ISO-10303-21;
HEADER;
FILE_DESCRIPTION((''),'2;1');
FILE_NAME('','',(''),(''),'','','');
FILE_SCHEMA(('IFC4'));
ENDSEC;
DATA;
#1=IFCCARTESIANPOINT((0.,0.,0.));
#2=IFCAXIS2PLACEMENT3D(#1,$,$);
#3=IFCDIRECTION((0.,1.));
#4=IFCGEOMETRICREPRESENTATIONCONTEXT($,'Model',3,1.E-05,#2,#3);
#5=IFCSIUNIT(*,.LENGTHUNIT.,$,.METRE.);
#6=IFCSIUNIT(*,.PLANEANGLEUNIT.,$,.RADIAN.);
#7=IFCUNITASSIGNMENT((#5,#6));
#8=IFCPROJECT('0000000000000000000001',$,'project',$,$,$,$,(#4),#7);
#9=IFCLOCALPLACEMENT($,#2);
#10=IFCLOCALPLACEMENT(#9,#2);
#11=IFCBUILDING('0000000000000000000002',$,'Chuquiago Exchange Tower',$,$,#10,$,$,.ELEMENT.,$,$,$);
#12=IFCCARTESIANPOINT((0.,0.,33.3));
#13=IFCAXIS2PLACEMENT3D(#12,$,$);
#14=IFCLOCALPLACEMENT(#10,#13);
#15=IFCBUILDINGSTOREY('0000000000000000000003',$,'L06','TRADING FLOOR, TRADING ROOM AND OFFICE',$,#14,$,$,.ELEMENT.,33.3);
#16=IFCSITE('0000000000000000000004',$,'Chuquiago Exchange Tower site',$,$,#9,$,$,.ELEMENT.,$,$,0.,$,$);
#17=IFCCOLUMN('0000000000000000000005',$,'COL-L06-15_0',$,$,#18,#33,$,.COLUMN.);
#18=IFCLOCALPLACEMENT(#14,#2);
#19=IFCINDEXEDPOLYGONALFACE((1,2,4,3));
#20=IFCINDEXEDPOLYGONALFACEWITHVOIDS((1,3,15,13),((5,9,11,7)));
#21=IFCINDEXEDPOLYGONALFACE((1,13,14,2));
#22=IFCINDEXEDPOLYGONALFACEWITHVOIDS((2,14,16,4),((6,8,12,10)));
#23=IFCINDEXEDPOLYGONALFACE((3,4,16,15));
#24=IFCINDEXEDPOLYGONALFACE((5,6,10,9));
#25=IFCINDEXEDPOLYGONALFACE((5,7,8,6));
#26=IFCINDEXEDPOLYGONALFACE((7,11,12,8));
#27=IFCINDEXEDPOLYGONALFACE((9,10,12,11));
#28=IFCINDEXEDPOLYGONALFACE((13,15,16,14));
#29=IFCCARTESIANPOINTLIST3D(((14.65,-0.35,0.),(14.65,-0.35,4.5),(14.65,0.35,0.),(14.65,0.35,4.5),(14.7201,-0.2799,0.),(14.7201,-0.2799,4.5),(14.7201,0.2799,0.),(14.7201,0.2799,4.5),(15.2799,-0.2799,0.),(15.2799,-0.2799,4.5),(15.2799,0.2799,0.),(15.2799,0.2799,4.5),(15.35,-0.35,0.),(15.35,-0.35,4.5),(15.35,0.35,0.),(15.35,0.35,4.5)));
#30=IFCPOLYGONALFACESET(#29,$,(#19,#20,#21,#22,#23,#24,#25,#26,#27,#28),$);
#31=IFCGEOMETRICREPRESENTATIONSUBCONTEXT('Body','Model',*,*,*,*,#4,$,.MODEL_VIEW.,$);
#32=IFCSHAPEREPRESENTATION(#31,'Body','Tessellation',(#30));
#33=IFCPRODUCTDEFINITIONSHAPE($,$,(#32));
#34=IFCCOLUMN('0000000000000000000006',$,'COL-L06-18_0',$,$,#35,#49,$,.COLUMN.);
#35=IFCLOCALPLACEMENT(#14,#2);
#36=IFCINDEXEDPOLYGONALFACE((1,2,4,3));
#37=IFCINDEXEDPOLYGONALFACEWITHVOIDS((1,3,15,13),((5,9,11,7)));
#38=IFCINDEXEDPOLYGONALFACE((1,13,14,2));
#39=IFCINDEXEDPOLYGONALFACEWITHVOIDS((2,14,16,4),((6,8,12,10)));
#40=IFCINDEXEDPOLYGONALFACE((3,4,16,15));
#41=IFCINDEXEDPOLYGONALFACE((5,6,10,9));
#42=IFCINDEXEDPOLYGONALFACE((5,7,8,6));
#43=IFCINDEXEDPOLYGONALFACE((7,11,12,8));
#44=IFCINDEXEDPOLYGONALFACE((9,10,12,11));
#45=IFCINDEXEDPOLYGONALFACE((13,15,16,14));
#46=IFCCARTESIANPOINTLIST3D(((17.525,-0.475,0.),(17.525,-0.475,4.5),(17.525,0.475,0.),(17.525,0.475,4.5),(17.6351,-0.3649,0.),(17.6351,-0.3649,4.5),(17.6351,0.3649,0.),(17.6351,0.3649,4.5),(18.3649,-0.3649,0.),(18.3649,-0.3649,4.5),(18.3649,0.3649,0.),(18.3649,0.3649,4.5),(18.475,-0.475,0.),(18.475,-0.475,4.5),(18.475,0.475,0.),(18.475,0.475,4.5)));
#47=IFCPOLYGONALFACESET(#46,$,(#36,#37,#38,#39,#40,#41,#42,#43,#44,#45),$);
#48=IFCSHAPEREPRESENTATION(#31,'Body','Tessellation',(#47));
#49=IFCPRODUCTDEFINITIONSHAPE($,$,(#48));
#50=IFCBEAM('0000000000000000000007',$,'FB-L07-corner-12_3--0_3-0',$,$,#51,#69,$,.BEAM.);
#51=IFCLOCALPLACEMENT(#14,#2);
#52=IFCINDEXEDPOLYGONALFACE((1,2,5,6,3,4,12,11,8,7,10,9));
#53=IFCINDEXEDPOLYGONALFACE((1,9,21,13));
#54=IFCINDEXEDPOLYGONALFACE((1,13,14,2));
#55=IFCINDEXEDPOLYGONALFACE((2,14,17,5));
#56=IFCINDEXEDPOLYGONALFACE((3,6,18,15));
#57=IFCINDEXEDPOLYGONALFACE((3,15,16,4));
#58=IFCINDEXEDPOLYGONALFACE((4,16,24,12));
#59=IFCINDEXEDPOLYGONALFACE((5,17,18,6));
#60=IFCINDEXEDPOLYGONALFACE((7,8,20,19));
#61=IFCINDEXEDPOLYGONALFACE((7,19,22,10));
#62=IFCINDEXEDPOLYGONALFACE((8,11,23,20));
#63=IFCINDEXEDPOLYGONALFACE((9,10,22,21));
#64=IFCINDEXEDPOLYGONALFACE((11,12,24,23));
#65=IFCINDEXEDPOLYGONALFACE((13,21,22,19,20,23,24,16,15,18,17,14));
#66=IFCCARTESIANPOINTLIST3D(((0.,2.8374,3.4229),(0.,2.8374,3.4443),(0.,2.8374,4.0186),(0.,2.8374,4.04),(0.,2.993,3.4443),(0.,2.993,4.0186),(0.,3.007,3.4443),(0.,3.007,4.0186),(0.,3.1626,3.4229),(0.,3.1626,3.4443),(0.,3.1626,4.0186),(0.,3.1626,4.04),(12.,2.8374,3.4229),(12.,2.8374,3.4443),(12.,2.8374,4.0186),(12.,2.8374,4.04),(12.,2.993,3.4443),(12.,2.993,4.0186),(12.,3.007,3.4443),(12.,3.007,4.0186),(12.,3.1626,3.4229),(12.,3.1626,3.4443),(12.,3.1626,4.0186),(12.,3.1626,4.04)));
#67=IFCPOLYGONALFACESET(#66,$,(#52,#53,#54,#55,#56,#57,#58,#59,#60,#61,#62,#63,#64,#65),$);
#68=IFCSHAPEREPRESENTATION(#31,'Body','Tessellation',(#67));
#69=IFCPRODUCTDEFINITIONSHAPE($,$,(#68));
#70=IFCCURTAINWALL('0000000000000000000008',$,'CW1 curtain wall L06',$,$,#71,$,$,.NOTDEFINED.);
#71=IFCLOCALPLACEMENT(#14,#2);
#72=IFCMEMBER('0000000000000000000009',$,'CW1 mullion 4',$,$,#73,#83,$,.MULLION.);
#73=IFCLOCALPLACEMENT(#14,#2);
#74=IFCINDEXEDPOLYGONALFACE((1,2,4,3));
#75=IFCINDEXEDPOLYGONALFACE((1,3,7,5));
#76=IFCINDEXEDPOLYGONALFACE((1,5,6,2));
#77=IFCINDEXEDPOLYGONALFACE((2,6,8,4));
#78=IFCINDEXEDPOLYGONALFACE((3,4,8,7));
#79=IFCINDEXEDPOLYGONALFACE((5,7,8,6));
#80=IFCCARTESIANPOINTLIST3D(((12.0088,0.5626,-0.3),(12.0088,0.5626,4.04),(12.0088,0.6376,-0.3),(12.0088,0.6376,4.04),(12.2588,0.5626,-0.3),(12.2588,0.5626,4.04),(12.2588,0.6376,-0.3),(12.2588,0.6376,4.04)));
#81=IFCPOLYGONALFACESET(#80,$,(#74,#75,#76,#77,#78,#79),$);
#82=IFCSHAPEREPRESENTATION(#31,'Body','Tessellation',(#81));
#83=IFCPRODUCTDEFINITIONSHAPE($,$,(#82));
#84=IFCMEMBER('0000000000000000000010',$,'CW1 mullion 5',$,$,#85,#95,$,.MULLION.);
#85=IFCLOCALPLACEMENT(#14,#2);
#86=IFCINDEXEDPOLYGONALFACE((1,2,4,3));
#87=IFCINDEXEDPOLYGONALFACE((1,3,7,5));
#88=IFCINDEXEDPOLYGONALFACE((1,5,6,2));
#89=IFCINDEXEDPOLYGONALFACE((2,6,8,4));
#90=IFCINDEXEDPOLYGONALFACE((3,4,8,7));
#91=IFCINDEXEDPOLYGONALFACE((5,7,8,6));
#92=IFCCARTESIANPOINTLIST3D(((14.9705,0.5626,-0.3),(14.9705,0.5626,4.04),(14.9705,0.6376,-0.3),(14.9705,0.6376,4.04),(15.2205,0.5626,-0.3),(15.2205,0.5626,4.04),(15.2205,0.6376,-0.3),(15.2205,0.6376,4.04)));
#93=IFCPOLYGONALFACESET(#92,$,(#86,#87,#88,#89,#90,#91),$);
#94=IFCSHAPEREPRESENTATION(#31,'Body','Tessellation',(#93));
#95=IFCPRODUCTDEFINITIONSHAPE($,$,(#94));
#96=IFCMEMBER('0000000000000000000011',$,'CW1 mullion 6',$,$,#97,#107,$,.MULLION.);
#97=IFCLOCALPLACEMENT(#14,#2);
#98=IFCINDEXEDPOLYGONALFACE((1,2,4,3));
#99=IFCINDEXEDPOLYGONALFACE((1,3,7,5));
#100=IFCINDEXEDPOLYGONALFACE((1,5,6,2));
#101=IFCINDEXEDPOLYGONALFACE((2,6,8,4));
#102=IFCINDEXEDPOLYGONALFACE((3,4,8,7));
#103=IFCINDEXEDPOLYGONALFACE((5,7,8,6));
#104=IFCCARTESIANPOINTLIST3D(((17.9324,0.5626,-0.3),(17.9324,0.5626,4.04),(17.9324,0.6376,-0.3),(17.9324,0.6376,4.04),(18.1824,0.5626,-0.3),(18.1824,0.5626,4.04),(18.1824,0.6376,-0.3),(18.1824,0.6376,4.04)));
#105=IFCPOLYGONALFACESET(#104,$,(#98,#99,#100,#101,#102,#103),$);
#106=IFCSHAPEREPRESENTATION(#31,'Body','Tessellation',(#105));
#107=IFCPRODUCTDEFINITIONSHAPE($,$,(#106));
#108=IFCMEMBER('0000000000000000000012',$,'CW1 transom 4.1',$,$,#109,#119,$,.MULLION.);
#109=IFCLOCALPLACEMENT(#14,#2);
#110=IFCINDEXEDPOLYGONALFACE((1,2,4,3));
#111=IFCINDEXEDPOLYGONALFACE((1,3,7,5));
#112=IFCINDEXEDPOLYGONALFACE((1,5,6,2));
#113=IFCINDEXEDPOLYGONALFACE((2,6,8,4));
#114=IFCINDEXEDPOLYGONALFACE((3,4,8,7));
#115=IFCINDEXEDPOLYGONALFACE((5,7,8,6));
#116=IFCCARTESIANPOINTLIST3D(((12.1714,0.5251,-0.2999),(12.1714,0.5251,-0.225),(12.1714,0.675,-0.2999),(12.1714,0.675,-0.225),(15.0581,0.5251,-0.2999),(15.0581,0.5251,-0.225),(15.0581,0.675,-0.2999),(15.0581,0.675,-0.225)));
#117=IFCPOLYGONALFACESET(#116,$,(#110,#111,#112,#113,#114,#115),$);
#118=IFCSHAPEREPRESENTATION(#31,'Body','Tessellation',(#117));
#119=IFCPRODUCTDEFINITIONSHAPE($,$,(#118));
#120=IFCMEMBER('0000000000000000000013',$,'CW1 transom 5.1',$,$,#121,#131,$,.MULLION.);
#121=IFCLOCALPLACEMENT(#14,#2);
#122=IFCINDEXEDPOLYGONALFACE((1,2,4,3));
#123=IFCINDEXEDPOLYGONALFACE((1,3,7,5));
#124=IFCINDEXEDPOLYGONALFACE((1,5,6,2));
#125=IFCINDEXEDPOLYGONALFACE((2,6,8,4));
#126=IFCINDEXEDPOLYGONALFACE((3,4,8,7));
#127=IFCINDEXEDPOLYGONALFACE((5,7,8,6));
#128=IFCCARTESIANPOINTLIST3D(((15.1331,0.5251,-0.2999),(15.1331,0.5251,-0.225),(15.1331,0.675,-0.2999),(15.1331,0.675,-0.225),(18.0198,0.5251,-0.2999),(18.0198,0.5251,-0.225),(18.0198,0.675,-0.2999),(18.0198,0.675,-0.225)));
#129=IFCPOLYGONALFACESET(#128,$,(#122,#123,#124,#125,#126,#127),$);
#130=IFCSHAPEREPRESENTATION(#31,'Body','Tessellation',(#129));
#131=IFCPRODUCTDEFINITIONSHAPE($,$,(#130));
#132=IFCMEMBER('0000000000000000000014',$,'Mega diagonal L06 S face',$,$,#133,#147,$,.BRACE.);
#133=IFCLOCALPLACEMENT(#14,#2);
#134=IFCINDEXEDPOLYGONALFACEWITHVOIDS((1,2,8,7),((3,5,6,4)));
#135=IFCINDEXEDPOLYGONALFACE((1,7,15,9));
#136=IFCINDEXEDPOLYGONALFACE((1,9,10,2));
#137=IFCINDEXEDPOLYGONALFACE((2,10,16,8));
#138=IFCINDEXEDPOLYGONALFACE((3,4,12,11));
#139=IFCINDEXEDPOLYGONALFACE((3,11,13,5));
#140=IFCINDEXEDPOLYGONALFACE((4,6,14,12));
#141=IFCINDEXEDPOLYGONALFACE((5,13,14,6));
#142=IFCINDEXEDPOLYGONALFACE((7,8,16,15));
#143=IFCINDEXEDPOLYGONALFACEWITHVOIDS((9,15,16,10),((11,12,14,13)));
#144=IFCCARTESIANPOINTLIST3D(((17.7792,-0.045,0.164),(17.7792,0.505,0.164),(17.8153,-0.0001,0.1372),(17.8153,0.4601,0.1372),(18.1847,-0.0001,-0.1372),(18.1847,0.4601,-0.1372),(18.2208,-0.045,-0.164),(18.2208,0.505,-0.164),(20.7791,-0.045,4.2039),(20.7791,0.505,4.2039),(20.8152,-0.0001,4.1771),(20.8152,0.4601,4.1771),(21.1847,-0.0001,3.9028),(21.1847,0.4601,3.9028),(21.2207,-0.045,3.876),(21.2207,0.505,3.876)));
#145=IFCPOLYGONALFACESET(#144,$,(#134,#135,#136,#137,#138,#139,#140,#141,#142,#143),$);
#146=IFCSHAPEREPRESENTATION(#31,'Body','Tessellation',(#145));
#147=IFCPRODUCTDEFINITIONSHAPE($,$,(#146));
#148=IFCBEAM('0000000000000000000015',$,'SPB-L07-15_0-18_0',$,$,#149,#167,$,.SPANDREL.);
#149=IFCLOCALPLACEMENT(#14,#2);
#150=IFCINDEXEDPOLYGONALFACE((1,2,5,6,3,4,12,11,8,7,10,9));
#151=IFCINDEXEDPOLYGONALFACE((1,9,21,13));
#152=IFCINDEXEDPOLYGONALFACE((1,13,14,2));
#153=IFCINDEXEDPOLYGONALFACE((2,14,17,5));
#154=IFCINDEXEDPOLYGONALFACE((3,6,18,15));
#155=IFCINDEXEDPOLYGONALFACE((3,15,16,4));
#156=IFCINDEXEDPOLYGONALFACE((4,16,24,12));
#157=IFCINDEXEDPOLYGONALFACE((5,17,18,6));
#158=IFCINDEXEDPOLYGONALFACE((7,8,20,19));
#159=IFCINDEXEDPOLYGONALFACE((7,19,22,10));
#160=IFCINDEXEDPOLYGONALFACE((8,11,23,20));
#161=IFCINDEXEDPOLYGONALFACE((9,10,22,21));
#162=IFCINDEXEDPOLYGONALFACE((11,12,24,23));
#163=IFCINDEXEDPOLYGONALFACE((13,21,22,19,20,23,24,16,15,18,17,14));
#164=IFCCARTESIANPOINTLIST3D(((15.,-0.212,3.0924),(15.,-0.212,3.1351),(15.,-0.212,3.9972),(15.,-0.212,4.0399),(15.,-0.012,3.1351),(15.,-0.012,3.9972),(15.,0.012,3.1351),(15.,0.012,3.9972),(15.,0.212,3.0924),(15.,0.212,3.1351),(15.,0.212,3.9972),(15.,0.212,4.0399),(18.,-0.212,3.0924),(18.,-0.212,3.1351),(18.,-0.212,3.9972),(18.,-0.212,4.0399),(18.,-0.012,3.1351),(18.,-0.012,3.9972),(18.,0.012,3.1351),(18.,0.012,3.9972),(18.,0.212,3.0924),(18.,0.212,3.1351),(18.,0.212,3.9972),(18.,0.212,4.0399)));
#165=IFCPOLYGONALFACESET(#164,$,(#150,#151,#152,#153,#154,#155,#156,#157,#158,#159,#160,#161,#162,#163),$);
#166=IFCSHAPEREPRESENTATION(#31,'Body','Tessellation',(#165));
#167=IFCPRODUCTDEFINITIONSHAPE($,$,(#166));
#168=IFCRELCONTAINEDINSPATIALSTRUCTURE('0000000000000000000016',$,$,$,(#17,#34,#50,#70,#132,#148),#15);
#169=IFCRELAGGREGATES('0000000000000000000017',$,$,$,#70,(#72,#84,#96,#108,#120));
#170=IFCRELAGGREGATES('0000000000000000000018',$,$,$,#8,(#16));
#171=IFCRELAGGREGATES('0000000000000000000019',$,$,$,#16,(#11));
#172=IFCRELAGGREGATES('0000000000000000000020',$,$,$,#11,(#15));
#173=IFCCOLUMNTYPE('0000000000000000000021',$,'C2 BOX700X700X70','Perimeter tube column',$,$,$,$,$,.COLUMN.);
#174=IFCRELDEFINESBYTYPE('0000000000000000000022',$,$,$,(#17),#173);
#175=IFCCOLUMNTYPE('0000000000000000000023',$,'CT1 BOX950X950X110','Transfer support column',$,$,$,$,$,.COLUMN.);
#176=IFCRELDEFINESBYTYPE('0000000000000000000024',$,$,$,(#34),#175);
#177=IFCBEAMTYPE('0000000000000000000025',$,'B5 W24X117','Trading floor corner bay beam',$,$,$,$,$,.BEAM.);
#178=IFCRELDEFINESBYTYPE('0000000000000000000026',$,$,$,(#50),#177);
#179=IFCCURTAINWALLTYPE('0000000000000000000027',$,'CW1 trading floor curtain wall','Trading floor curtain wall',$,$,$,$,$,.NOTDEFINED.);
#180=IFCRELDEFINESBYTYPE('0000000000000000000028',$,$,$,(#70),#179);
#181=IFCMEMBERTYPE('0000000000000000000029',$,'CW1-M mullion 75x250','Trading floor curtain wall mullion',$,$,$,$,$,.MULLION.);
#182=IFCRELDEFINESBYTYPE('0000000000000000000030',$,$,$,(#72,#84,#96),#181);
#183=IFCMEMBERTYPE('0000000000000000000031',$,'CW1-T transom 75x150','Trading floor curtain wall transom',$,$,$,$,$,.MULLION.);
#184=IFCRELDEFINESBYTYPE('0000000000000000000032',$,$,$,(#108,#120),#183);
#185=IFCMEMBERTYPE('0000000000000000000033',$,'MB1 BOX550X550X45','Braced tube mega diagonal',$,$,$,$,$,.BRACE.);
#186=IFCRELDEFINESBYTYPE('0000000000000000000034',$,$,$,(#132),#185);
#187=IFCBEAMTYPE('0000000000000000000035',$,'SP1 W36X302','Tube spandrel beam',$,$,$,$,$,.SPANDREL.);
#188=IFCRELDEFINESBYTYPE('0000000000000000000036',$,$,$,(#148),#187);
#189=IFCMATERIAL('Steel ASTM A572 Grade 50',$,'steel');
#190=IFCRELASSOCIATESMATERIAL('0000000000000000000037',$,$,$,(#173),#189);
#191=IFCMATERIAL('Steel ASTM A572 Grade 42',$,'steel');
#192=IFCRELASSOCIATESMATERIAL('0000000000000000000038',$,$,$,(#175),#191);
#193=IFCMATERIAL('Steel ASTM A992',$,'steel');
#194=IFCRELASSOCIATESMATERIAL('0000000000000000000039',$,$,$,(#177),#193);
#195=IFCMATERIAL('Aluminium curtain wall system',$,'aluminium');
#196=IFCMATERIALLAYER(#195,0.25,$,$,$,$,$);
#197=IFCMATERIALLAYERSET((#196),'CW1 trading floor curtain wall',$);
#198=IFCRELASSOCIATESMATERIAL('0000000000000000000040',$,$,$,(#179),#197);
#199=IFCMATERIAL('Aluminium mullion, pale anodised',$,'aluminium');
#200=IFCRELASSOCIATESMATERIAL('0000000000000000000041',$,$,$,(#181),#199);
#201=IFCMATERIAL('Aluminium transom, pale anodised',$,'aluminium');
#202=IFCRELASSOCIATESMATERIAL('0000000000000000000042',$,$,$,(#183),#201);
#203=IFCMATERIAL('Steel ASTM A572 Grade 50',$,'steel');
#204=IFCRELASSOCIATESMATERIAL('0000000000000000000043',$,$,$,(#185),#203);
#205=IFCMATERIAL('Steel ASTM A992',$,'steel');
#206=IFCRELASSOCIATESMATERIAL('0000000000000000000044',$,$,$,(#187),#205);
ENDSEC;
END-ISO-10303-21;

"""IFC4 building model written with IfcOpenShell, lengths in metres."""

from ifc_helpers import new_model, si_unit, direction, frame, origin, origin_2d, place, context, subcontext, project, spatial, rectangle, hollow_rectangle, i_section, extrude, material, layer, layer_set, material_profile, profile_set, type_object, element, aggregate, save


model = new_model("IFC4")

# Units and contexts
model_context = context("Model", 3, precision=1e-05, world=origin(), true_north=direction((0.0, 1.0)))
body_context = subcontext(model_context, "Body", "Model", "MODEL_VIEW")
ifc_project = project(units=[si_unit("LENGTHUNIT", "METRE"), si_unit("PLANEANGLEUNIT", "RADIAN")], contexts=[model_context])

# Site, building, storey
site_placement = place(None, origin())
site = spatial("IfcSite", under=ifc_project, at=site_placement, Name="Chuquiago Exchange Tower site", CompositionType="ELEMENT", RefElevation=0.0)
building_placement = place(site_placement, origin())
building = spatial("IfcBuilding", under=site, at=building_placement, Name="Chuquiago Exchange Tower", CompositionType="ELEMENT")
storey_placement = place(building_placement, frame((0.0, 0.0, 33.3)))
storey = spatial("IfcBuildingStorey", under=building, at=storey_placement, Name="L06", Description="TRADING FLOOR, TRADING ROOM AND OFFICE", CompositionType="ELEMENT", Elevation=33.3)

# Columns
ifc_material_1 = material(Name="Steel ASTM A572 Grade 50", Category="steel")
ifc_material_profile_1 = material_profile(ifc_material_1, hollow_rectangle(XDim=0.7, YDim=0.7, WallThickness=0.0701, at=origin_2d()), Name="BOX700X700X70")
ifc_profile_set_1 = profile_set([ifc_material_profile_1], Name="Steel ASTM A572 Grade 50")
column_type_1 = type_object("IfcColumnType", Name="C2 BOX700X700X70", Description="Perimeter tube column", PredefinedType="COLUMN", material=ifc_profile_set_1)
column_1_placement = place(storey_placement, frame((15.0, 0.0, 0.0), z_axis=(0.0, 0.0, 1.0), x_axis=(0.0, -1.0, 0.0)))
element("IfcColumn", 1, at=column_1_placement, inside=storey, type_object=column_type_1, Name="COL-L06-15_0", PredefinedType="COLUMN", context=body_context, shape_type="SweptSolid", body=[
    extrude(hollow_rectangle(XDim=0.7, YDim=0.7, WallThickness=0.0701, at=origin_2d()), origin(), (0.0, 0.0, 1.0), 4.5),
])
ifc_material_2 = material(Name="Steel ASTM A572 Grade 42", Category="steel")
ifc_material_profile_2 = material_profile(ifc_material_2, hollow_rectangle(XDim=0.95, YDim=0.95, WallThickness=0.1101, at=origin_2d()), Name="BOX950X950X110")
ifc_profile_set_2 = profile_set([ifc_material_profile_2], Name="Steel ASTM A572 Grade 42")
column_type_2 = type_object("IfcColumnType", Name="CT1 BOX950X950X110", Description="Transfer support column", PredefinedType="COLUMN", material=ifc_profile_set_2)
column_2_placement = place(storey_placement, frame((18.0, 0.0, 0.0), z_axis=(0.0, 0.0, 1.0), x_axis=(0.0, -1.0, 0.0)))
element("IfcColumn", 2, at=column_2_placement, inside=storey, type_object=column_type_2, Name="COL-L06-18_0", PredefinedType="COLUMN", context=body_context, shape_type="SweptSolid", body=[
    extrude(hollow_rectangle(XDim=0.95, YDim=0.95, WallThickness=0.1101, at=origin_2d()), origin(), (0.0, 0.0, 1.0), 4.5),
])

# Beam
ifc_material_3 = material(Name="Steel ASTM A992", Category="steel")
ifc_material_profile_3 = material_profile(ifc_material_3, i_section(OverallWidth=0.3252, OverallDepth=0.6172, WebThickness=0.0139, FlangeThickness=0.0215, at=origin_2d()), Name="W24X117")
ifc_profile_set_3 = profile_set([ifc_material_profile_3], Name="Steel ASTM A992")
beam_type_1 = type_object("IfcBeamType", Name="B5 W24X117", Description="Trading floor corner bay beam", PredefinedType="BEAM", material=ifc_profile_set_3)
beam_placement = place(storey_placement, frame((12.0, 3.0, 3.7314), z_axis=(-1.0, 0.0, 0.0), x_axis=(0.0, -1.0, 0.0)))
element("IfcBeam", 3, at=beam_placement, inside=storey, type_object=beam_type_1, Name="FB-L07-corner-12_3--0_3-0", PredefinedType="BEAM", context=body_context, shape_type="SweptSolid", body=[
    extrude(i_section(OverallWidth=0.3252, OverallDepth=0.6172, WebThickness=0.0139, FlangeThickness=0.0215, at=origin_2d()), origin(), (0.0, 0.0, 1.0), 12.0),
])

# Curtain wall, members
ifc_material_4 = material(Name="Aluminium curtain wall system", Category="aluminium")
ifc_layer_1 = layer(ifc_material_4, 0.25)
ifc_layer_set_1 = layer_set([ifc_layer_1], Name="CW1 trading floor curtain wall")
curtain_wall_type = type_object("IfcCurtainWallType", Name="CW1 trading floor curtain wall", Description="Trading floor curtain wall", PredefinedType="NOTDEFINED", material=ifc_layer_set_1)
curtain_wall_placement = place(storey_placement, origin())
curtain_wall = element("IfcCurtainWall", 4, at=curtain_wall_placement, inside=storey, type_object=curtain_wall_type, Name="CW1 curtain wall L06", PredefinedType="NOTDEFINED")
ifc_material_5 = material(Name="Aluminium mullion, pale anodised", Category="aluminium")
ifc_material_profile_4 = material_profile(ifc_material_5, rectangle(XDim=0.075, YDim=0.25, at=origin_2d()), Name="AL 75x250")
ifc_profile_set_4 = profile_set([ifc_material_profile_4], Name="Aluminium mullion, pale anodised")
member_type_1 = type_object("IfcMemberType", Name="CW1-M mullion 75x250", Description="Trading floor curtain wall mullion", PredefinedType="MULLION", material=ifc_profile_set_4)
member_1_placement = place(storey_placement, frame((12.1338, 0.6001, -0.3), z_axis=(0.0, 0.0, 1.0), x_axis=(0.0, 1.0, 0.0)))
member_1 = element("IfcMember", 5, at=member_1_placement, type_object=member_type_1, Name="CW1 mullion 4", PredefinedType="MULLION", context=body_context, shape_type="SweptSolid", body=[
    extrude(rectangle(XDim=0.075, YDim=0.25, at=origin_2d()), origin(), (0.0, 0.0, 1.0), 4.3401),
])
member_2_placement = place(storey_placement, frame((15.0955, 0.6001, -0.3), z_axis=(0.0, 0.0, 1.0), x_axis=(0.0, 1.0, 0.0)))
member_2 = element("IfcMember", 6, at=member_2_placement, type_object=member_type_1, Name="CW1 mullion 5", PredefinedType="MULLION", context=body_context, shape_type="SweptSolid", body=[
    extrude(rectangle(XDim=0.075, YDim=0.25, at=origin_2d()), origin(), (0.0, 0.0, 1.0), 4.3401),
])
member_3_placement = place(storey_placement, frame((18.0574, 0.6001, -0.3), z_axis=(0.0, 0.0, 1.0), x_axis=(0.0, 1.0, 0.0)))
member_3 = element("IfcMember", 7, at=member_3_placement, type_object=member_type_1, Name="CW1 mullion 6", PredefinedType="MULLION", context=body_context, shape_type="SweptSolid", body=[
    extrude(rectangle(XDim=0.075, YDim=0.25, at=origin_2d()), origin(), (0.0, 0.0, 1.0), 4.3401),
])
ifc_material_6 = material(Name="Aluminium transom, pale anodised", Category="aluminium")
ifc_material_profile_5 = material_profile(ifc_material_6, rectangle(XDim=0.1499, YDim=0.075, at=origin_2d()), Name="AL 150x75")
ifc_profile_set_5 = profile_set([ifc_material_profile_5], Name="Aluminium transom, pale anodised")
member_type_2 = type_object("IfcMemberType", Name="CW1-T transom 75x150", Description="Trading floor curtain wall transom", PredefinedType="MULLION", material=ifc_profile_set_5)
member_4_placement = place(storey_placement, frame((12.1714, 0.6001, -0.2625), z_axis=(1.0, 0.0, 0.0), x_axis=(0.0, 1.0, 0.0)))
member_4 = element("IfcMember", 8, at=member_4_placement, type_object=member_type_2, Name="CW1 transom 4.1", PredefinedType="MULLION", context=body_context, shape_type="SweptSolid", body=[
    extrude(rectangle(XDim=0.1499, YDim=0.075, at=origin_2d()), origin(), (0.0, 0.0, 1.0), 2.8867),
])
member_5_placement = place(storey_placement, frame((15.1331, 0.6001, -0.2625), z_axis=(1.0, 0.0, 0.0), x_axis=(0.0, 1.0, 0.0)))
member_5 = element("IfcMember", 9, at=member_5_placement, type_object=member_type_2, Name="CW1 transom 5.1", PredefinedType="MULLION", context=body_context, shape_type="SweptSolid", body=[
    extrude(rectangle(XDim=0.1499, YDim=0.075, at=origin_2d()), origin(), (0.0, 0.0, 1.0), 2.8867),
])

# Member
ifc_material_7 = material(Name="Steel ASTM A572 Grade 50", Category="steel")
ifc_material_profile_6 = material_profile(ifc_material_7, hollow_rectangle(XDim=0.55, YDim=0.55, WallThickness=0.0449, at=origin_2d()), Name="BOX550X550X45")
ifc_profile_set_6 = profile_set([ifc_material_profile_6], Name="Steel ASTM A572 Grade 50")
member_type_3 = type_object("IfcMemberType", Name="MB1 BOX550X550X45", Description="Braced tube mega diagonal", PredefinedType="BRACE", material=ifc_profile_set_6)
member_6_placement = place(storey_placement, frame((18.0, 0.23, 0.0), z_axis=(0.596174, 0.0, 0.802855), x_axis=(0.0, 1.0, 0.0)))
element("IfcMember", 10, at=member_6_placement, inside=storey, type_object=member_type_3, Name="Mega diagonal L06 S face", PredefinedType="BRACE", context=body_context, shape_type="SweptSolid", body=[
    extrude(hollow_rectangle(XDim=0.55, YDim=0.55, WallThickness=0.0449, at=origin_2d()), origin(), (0.0, 0.0, 1.0), 5.032),
])

# Beam
ifc_material_8 = material(Name="Steel ASTM A992", Category="steel")
ifc_material_profile_7 = material_profile(ifc_material_8, i_section(OverallWidth=0.4241, OverallDepth=0.9475, WebThickness=0.0239, FlangeThickness=0.0427, at=origin_2d()), Name="W36X302")
ifc_profile_set_7 = profile_set([ifc_material_profile_7], Name="Steel ASTM A992")
beam_type_2 = type_object("IfcBeamType", Name="SP1 W36X302", Description="Tube spandrel beam", PredefinedType="SPANDREL", material=ifc_profile_set_7)
for number, where, z_axis, x_axis, name in (
    (11, (15.0, 0.0, 3.5662), (1.0, 0.0, 0.0), (0.0, 1.0, 0.0), "SPB-L07-15_0-18_0"),
):
    element("IfcBeam", number, at=place(storey_placement, frame(where, z_axis=z_axis, x_axis=x_axis)), inside=storey, type_object=beam_type_2, Name=name, PredefinedType="SPANDREL", context=body_context, shape_type="SweptSolid", body=[
        extrude(i_section(OverallWidth=0.4241, OverallDepth=0.9475, WebThickness=0.0239, FlangeThickness=0.0427, at=origin_2d()), origin(), (0.0, 0.0, 1.0), 3.0),
    ])

aggregate(curtain_wall, [member_1, member_2, member_3, member_4, member_5])

save(model, "model.ifc")
